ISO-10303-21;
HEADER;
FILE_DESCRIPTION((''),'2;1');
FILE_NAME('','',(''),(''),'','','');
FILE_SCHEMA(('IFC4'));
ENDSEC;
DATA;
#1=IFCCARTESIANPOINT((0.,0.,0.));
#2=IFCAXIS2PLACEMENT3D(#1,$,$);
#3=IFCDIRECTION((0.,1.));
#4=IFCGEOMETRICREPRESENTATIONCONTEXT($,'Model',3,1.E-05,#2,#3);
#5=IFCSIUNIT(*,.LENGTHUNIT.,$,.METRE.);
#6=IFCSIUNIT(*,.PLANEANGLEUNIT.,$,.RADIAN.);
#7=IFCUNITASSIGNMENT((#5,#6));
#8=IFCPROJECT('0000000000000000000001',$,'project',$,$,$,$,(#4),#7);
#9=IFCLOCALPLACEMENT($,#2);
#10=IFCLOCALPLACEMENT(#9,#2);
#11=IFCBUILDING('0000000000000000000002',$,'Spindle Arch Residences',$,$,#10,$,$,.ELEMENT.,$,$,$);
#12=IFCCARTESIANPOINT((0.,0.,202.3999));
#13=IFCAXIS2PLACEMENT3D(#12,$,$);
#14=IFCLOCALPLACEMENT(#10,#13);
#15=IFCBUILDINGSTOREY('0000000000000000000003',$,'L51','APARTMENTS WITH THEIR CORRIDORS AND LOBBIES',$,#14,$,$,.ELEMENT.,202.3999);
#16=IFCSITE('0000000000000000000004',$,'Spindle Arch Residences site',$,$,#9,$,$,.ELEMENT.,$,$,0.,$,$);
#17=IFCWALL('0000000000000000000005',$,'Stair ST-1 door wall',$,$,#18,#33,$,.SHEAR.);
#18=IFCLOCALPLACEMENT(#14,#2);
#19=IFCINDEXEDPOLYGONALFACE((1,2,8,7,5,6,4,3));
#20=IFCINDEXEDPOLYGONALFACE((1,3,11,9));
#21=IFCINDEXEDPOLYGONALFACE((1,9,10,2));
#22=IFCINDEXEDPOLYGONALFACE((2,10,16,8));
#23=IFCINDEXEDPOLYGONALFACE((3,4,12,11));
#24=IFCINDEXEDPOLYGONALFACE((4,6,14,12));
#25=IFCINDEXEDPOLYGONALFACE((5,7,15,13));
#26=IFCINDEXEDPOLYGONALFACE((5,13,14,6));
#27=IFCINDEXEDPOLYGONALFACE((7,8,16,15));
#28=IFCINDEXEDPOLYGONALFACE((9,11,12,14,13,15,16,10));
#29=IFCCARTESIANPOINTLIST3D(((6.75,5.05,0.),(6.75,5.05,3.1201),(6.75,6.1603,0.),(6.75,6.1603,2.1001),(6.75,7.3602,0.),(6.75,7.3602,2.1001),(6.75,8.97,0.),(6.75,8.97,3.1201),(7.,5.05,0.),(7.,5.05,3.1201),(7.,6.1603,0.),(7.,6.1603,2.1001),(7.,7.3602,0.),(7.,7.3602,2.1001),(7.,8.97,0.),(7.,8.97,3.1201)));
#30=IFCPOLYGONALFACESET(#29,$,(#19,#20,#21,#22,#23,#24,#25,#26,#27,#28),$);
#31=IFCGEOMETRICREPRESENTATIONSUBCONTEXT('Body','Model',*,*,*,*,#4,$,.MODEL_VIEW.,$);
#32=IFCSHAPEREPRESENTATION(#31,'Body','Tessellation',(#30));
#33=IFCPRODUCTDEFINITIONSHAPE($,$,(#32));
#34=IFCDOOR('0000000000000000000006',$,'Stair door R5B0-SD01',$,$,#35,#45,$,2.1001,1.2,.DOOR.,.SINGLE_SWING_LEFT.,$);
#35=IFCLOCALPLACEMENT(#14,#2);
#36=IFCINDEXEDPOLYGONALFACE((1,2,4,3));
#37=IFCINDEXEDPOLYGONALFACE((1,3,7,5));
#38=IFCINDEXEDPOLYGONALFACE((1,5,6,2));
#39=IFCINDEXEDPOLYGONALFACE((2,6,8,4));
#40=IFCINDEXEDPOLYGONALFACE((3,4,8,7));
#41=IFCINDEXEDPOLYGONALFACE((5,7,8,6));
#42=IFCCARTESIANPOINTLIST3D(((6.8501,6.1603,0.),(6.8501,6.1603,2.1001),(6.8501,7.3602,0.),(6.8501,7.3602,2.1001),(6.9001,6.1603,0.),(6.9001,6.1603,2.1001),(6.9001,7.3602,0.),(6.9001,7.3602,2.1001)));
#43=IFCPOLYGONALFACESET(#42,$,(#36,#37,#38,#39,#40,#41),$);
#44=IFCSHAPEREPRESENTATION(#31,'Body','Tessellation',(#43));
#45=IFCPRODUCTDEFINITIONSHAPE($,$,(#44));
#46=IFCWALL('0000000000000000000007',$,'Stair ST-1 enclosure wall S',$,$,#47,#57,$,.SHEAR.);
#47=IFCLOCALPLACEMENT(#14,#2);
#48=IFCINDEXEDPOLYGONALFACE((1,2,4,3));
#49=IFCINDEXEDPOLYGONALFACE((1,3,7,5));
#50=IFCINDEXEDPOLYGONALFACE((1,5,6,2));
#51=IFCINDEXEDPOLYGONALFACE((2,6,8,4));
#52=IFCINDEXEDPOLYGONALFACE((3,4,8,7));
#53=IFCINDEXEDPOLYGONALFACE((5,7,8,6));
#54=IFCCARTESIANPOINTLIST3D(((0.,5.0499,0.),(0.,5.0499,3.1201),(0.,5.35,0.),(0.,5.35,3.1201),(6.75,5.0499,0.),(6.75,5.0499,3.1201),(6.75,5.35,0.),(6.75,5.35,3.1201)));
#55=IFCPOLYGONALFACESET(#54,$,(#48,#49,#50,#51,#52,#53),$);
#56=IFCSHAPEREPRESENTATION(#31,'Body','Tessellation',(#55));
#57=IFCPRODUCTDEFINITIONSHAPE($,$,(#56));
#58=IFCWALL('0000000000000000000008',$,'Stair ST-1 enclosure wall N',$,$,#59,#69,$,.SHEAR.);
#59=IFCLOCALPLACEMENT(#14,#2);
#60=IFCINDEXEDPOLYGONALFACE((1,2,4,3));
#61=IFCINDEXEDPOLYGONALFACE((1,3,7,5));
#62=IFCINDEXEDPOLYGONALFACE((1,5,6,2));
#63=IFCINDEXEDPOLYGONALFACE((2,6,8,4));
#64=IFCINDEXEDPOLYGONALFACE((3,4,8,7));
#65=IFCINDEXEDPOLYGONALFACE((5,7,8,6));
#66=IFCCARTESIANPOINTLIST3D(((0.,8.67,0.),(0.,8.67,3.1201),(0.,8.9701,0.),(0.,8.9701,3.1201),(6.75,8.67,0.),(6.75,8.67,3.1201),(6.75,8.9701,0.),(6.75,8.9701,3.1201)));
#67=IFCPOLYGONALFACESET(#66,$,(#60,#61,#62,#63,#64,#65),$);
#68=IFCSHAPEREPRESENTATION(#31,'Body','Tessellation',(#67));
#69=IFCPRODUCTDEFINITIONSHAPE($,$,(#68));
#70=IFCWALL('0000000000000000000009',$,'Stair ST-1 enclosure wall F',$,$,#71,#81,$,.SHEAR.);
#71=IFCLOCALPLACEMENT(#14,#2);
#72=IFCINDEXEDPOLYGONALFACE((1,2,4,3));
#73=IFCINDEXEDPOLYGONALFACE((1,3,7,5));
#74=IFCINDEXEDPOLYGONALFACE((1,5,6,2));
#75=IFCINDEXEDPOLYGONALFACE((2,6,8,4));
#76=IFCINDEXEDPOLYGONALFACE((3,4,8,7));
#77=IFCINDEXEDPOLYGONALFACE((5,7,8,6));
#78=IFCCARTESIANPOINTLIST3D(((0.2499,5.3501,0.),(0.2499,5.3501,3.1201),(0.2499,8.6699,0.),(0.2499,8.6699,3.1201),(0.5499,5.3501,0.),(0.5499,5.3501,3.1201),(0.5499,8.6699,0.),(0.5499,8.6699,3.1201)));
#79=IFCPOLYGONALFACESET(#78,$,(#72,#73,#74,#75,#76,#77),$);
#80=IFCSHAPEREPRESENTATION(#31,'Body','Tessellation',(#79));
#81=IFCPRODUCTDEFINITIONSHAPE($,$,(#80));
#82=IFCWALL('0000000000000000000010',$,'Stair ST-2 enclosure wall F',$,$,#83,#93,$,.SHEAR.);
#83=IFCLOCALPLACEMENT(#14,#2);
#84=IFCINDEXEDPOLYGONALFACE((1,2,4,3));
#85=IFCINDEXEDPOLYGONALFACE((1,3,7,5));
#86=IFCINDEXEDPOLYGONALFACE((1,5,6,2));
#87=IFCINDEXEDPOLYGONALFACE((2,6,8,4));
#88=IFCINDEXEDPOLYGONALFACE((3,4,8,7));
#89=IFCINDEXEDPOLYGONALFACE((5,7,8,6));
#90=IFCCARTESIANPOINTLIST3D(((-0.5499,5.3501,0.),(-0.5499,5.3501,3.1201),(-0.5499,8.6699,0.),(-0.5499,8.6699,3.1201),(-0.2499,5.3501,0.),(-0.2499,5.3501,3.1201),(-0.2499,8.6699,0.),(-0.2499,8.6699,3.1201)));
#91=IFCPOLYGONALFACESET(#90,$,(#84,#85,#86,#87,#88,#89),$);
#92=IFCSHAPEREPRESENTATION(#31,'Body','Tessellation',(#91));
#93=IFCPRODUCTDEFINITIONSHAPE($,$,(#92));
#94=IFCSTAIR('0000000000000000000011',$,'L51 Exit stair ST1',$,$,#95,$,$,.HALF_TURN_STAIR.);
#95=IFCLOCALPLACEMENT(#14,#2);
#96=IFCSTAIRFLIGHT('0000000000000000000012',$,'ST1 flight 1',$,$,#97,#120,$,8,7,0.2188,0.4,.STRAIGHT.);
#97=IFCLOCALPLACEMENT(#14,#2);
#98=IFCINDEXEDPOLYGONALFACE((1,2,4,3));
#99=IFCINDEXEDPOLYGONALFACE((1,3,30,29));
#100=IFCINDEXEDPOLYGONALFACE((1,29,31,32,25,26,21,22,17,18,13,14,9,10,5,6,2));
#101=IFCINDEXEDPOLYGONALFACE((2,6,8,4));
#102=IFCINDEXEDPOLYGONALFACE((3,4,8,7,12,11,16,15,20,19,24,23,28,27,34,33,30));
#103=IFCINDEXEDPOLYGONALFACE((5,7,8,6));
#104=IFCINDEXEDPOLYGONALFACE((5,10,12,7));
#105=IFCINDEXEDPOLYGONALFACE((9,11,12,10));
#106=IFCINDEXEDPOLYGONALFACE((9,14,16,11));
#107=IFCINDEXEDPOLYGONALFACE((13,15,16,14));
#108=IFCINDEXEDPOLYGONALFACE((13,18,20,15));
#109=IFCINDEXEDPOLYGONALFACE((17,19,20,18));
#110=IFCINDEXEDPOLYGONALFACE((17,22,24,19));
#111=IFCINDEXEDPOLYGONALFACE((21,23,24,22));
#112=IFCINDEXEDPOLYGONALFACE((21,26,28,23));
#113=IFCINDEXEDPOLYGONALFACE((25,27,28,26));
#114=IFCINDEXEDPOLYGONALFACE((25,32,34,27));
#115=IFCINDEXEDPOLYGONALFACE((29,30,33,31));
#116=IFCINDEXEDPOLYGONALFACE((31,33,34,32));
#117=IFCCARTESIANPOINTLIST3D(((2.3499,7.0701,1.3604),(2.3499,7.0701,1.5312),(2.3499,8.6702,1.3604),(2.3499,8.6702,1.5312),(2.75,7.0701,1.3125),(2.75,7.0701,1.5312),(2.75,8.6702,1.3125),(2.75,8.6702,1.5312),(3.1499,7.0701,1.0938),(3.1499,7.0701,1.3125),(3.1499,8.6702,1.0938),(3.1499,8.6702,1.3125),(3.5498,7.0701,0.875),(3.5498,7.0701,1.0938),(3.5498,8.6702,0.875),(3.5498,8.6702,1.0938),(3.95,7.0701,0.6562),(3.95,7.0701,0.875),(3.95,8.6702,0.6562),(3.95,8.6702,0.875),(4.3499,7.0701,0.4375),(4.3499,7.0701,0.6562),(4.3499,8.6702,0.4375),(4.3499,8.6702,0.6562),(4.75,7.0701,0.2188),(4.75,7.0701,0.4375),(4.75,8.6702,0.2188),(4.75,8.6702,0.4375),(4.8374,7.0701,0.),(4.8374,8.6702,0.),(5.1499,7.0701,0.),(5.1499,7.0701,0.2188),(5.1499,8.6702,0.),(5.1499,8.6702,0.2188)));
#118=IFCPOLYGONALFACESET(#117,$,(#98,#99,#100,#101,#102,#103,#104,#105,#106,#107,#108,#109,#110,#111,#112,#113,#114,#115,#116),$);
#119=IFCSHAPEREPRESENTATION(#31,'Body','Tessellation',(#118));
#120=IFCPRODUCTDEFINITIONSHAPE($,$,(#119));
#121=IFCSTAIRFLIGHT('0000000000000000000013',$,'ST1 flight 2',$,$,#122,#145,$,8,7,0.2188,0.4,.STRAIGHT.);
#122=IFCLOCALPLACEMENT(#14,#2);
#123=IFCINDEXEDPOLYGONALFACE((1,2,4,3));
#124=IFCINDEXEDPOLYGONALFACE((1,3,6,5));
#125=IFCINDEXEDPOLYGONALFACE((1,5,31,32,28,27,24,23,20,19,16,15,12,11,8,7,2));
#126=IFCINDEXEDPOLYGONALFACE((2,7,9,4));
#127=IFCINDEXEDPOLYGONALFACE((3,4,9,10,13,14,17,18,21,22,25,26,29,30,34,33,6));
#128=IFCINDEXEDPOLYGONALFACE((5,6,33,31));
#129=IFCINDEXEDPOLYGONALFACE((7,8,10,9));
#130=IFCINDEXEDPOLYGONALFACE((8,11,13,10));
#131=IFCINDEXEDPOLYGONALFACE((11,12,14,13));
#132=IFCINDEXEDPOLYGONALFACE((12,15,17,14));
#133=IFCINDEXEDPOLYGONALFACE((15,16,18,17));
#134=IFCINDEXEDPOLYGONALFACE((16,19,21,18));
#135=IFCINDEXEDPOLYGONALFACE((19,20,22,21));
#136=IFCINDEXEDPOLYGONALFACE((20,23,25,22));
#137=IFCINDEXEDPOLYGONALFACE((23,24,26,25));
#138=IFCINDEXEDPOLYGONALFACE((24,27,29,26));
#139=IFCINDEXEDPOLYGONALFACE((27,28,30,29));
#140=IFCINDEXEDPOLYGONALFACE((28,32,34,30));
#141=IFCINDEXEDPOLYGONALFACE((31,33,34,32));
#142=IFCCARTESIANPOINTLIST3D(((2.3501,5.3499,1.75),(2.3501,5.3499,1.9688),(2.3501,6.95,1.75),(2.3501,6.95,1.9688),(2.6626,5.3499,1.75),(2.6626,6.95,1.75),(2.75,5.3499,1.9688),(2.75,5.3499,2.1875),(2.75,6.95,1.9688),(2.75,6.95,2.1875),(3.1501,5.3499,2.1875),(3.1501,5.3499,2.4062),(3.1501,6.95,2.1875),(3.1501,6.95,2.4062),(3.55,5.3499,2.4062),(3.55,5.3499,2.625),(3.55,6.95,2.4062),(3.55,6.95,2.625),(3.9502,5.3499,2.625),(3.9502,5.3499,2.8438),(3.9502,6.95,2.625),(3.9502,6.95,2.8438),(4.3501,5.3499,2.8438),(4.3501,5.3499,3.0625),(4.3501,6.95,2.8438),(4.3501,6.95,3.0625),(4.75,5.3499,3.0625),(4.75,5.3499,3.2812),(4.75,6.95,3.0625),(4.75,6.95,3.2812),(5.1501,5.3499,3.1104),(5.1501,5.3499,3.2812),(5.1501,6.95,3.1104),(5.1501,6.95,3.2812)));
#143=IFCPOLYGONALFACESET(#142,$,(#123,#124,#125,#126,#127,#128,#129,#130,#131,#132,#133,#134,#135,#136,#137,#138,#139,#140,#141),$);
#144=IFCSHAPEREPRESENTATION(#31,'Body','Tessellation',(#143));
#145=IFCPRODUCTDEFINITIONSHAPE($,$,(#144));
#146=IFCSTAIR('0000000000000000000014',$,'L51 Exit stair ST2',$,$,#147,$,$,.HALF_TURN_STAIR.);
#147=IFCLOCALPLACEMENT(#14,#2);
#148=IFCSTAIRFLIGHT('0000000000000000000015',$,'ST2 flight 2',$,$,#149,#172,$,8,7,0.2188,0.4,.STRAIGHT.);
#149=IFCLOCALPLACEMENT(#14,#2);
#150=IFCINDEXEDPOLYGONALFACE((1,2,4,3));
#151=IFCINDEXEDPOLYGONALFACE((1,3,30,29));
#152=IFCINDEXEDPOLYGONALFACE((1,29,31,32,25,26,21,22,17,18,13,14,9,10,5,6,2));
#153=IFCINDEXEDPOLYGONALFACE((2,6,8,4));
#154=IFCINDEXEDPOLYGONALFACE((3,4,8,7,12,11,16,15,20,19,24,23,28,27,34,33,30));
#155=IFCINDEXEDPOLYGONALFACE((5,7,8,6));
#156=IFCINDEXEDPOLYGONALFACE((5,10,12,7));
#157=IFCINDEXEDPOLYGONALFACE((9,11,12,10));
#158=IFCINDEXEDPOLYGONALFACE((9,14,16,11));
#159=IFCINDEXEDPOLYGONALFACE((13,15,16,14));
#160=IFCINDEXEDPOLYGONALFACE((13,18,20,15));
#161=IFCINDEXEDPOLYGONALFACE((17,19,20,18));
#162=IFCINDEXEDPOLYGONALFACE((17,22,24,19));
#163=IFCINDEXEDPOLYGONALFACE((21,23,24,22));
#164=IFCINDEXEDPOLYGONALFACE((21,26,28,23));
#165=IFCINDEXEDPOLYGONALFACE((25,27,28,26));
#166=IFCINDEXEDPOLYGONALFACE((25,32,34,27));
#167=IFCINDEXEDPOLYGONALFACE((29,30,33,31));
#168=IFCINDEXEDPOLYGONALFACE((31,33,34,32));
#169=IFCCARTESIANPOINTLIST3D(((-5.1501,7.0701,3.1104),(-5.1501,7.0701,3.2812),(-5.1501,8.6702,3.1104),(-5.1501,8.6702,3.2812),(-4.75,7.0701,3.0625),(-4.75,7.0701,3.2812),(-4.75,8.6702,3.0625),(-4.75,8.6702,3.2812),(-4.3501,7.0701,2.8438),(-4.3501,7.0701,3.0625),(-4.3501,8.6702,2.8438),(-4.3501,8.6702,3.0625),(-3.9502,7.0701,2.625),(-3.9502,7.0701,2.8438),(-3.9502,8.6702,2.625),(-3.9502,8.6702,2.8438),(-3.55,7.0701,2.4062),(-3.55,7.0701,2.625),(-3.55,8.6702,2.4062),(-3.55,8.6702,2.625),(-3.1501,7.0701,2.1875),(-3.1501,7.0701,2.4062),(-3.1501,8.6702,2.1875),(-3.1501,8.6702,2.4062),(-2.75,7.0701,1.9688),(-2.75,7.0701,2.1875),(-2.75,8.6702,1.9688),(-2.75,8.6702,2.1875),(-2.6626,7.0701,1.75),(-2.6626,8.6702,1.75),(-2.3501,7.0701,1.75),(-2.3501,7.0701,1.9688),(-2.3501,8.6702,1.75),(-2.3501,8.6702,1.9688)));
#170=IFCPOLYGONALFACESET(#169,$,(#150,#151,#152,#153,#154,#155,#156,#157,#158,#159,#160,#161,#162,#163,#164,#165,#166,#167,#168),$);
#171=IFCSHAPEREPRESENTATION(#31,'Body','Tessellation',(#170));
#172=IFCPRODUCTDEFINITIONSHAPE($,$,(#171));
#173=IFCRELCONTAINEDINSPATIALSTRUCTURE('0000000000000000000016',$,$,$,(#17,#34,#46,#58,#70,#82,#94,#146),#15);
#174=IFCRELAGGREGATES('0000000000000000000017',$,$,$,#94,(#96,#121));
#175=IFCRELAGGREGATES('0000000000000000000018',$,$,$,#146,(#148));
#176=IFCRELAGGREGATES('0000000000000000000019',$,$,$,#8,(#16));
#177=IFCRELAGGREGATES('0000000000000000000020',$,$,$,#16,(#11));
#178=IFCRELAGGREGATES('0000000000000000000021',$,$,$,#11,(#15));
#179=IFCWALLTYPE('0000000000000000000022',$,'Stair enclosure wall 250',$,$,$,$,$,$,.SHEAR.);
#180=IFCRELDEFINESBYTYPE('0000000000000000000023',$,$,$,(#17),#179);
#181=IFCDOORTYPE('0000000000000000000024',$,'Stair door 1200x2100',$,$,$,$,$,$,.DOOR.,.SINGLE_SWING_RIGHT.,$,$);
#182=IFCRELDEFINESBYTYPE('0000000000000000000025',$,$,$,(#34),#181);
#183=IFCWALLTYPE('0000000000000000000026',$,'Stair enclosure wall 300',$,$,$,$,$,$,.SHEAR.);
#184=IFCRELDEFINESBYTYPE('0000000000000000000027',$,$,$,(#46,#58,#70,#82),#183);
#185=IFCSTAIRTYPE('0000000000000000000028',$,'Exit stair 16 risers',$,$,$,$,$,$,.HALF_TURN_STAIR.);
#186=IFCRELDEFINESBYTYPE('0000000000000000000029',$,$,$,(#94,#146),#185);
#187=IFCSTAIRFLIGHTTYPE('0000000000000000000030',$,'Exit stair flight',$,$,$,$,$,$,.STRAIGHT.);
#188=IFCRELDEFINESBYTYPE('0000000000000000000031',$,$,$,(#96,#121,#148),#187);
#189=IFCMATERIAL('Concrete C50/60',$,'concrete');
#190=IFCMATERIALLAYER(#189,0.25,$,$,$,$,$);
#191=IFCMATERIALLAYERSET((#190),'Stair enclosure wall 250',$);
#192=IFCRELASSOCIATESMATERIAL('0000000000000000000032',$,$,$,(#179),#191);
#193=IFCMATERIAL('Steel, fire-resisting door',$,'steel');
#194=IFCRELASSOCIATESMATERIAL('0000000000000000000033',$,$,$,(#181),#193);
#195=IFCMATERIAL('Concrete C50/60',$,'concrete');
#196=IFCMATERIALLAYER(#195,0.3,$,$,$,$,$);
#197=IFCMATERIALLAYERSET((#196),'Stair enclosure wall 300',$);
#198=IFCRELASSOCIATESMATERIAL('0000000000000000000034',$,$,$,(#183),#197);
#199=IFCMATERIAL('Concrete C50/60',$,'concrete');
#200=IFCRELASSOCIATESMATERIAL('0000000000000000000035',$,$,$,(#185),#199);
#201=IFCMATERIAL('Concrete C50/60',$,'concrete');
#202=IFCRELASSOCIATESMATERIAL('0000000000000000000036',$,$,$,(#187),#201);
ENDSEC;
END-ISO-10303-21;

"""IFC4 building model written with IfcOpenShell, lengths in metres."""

from ifc_helpers import new_model, si_unit, direction, frame, frame_2d, origin, place, context, subcontext, project, spatial, polyline, rectangle, outline, extrude, material, layer, layer_set, type_object, element, fill, aggregate, save


model = new_model("IFC4")

# Units and contexts
model_context = context("Model", 3, precision=1e-05, world=origin(), true_north=direction((0.0, 1.0)))
body_context = subcontext(model_context, "Body", "Model", "MODEL_VIEW")
ifc_project = project(units=[si_unit("LENGTHUNIT", "METRE"), si_unit("PLANEANGLEUNIT", "RADIAN")], contexts=[model_context])

# Site, building, storey
site_placement = place(None, origin())
site = spatial("IfcSite", under=ifc_project, at=site_placement, Name="Spindle Arch Residences site", CompositionType="ELEMENT", RefElevation=0.0)
building_placement = place(site_placement, origin())
building = spatial("IfcBuilding", under=site, at=building_placement, Name="Spindle Arch Residences", CompositionType="ELEMENT")
storey_placement = place(building_placement, frame((0.0, 0.0, 202.3999)))
storey = spatial("IfcBuildingStorey", under=building, at=storey_placement, Name="L51", Description="APARTMENTS WITH THEIR CORRIDORS AND LOBBIES", CompositionType="ELEMENT", Elevation=202.3999)

# Wall, opening, door
ifc_material_1 = material(Name="Concrete C50/60", Category="concrete")
ifc_layer_1 = layer(ifc_material_1, 0.25)
ifc_layer_set_1 = layer_set([ifc_layer_1], Name="Stair enclosure wall 250")
wall_type_1 = type_object("IfcWallType", Name="Stair enclosure wall 250", PredefinedType="SHEAR", material=ifc_layer_set_1)
wall_1_placement = place(storey_placement, frame((6.875, 5.05, 0.0), z_axis=(0.0, 0.0, 1.0), x_axis=(0.0, 1.0, 0.0)))
wall_1 = element("IfcWall", 1, at=wall_1_placement, inside=storey, type_object=wall_type_1, Name="Stair ST-1 door wall", PredefinedType="SHEAR", context=body_context, shape_type="SweptSolid", body=[
    extrude(rectangle(XDim=3.9199, YDim=0.25, at=frame_2d((1.96, 0.0))), origin(), (0.0, 0.0, 1.0), 3.1201),
])
opening_1_placement = place(wall_1_placement, frame((1.1101, 0.0, 0.0)))
opening_1 = element("IfcOpeningElement", 2, at=opening_1_placement, cuts=wall_1, PredefinedType="OPENING", context=body_context, shape_type="SweptSolid", body=[
    extrude(rectangle(XDim=1.2, YDim=2.1001, at=frame_2d((0.6001, 1.05))), frame((0.0, 0.135, 0.0), z_axis=(0.0, -1.0, 0.0), x_axis=(1.0, 0.0, 0.0)), (0.0, 0.0, 1.0), 0.27),
])
ifc_material_2 = material(Name="Steel, fire-resisting door", Category="steel")
door_type_1 = type_object("IfcDoorType", Name="Stair door 1200x2100", OperationType="SINGLE_SWING_RIGHT", PredefinedType="DOOR", material=ifc_material_2)
door_1_placement = place(opening_1_placement, origin())
door_1 = element("IfcDoor", 3, at=door_1_placement, inside=storey, type_object=door_type_1, Name="Stair door R5B0-SD01", OperationType="SINGLE_SWING_LEFT", OverallHeight=2.1001, OverallWidth=1.2, PredefinedType="DOOR", context=body_context, shape_type="SweptSolid", body=[
    extrude(rectangle(XDim=1.2, YDim=2.1001, at=frame_2d((0.6001, 1.05))), frame((0.0, 0.0249, 0.0), z_axis=(0.0, -1.0, 0.0), x_axis=(1.0, 0.0, 0.0)), (0.0, 0.0, 1.0), 0.05),
])
fill(opening_1, door_1)

# Walls
ifc_material_3 = material(Name="Concrete C50/60", Category="concrete")
ifc_layer_2 = layer(ifc_material_3, 0.3)
ifc_layer_set_2 = layer_set([ifc_layer_2], Name="Stair enclosure wall 300")
wall_type_2 = type_object("IfcWallType", Name="Stair enclosure wall 300", PredefinedType="SHEAR", material=ifc_layer_set_2)
for number, where, z_axis, x_axis, name in (
    (4, (0.0, 5.2, 0.0), (0.0, 0.0, 1.0), (1.0, 0.0, 0.0), "Stair ST-1 enclosure wall S"),
    (5, (0.0, 8.8201, 0.0), (0.0, 0.0, 1.0), (1.0, 0.0, 0.0), "Stair ST-1 enclosure wall N"),
):
    element("IfcWall", number, at=place(storey_placement, frame(where, z_axis=z_axis, x_axis=x_axis)), inside=storey, type_object=wall_type_2, Name=name, PredefinedType="SHEAR", context=body_context, shape_type="SweptSolid", body=[
        extrude(rectangle(XDim=6.75, YDim=0.3, at=frame_2d((3.375, 0.0))), origin(), (0.0, 0.0, 1.0), 3.1201),
    ])
for number, where, z_axis, x_axis, name in (
    (6, (0.3999, 5.3501, 0.0), (0.0, 0.0, 1.0), (0.0, 1.0, 0.0), "Stair ST-1 enclosure wall F"),
    (7, (-0.3999, 5.3501, 0.0), (0.0, 0.0, 1.0), (0.0, 1.0, 0.0), "Stair ST-2 enclosure wall F"),
):
    element("IfcWall", number, at=place(storey_placement, frame(where, z_axis=z_axis, x_axis=x_axis)), inside=storey, type_object=wall_type_2, Name=name, PredefinedType="SHEAR", context=body_context, shape_type="SweptSolid", body=[
        extrude(rectangle(XDim=3.3198, YDim=0.3, at=frame_2d((1.6599, 0.0))), origin(), (0.0, 0.0, 1.0), 3.1201),
    ])

# Stair, stair flights
ifc_material_4 = material(Name="Concrete C50/60", Category="concrete")
stair_type = type_object("IfcStairType", Name="Exit stair 16 risers", PredefinedType="HALF_TURN_STAIR", material=ifc_material_4)
stair_1_placement = place(storey_placement, origin())
stair_1 = element("IfcStair", 8, at=stair_1_placement, inside=storey, type_object=stair_type, Name="L51 Exit stair ST1", PredefinedType="HALF_TURN_STAIR")
ifc_material_5 = material(Name="Concrete C50/60", Category="concrete")
stair_flight_type = type_object("IfcStairFlightType", Name="Exit stair flight", PredefinedType="STRAIGHT", material=ifc_material_5)
stair_flight_1_placement = place(storey_placement, frame((5.1499, 7.8701, 0.0), z_axis=(0.0, 0.0, 1.0), x_axis=(-1.0, 0.0, 0.0)))
stair_flight_1 = element("IfcStairFlight", 9, at=stair_flight_1_placement, type_object=stair_flight_type, Name="ST1 flight 1", NumberOfRisers=8, NumberOfTreads=7, PredefinedType="STRAIGHT", RiserHeight=0.2188, TreadLength=0.4, context=body_context, shape_type="SweptSolid", body=[
    extrude(outline(polyline([(0.0, 0.0), (0.0, 0.2188), (0.3999, 0.2188), (0.3999, 0.4375), (0.8, 0.4375), (0.8, 0.6562), (1.2, 0.6562), (1.2, 0.875), (1.6001, 0.875), (1.6001, 1.0938), (2.0, 1.0938), (2.0, 1.3125), (2.3999, 1.3125), (2.3999, 1.5312), (2.8, 1.5312), (2.8, 1.75), (2.8, 1.3604), (0.3125, 0.0), (0.0, 0.0)])), frame((0.0, 0.8, 0.0), z_axis=(0.0, -1.0, 0.0), x_axis=(1.0, 0.0, 0.0)), (0.0, 0.0, 1.0), 1.6001),
])
stair_flight_2_placement = place(storey_placement, frame((2.3501, 6.1499, 1.75), z_axis=(0.0, 0.0, 1.0), x_axis=(1.0, 0.0, 0.0)))
stair_flight_2 = element("IfcStairFlight", 10, at=stair_flight_2_placement, type_object=stair_flight_type, Name="ST1 flight 2", NumberOfRisers=8, NumberOfTreads=7, PredefinedType="STRAIGHT", RiserHeight=0.2188, TreadLength=0.4, context=body_context, shape_type="SweptSolid", body=[
    extrude(outline(polyline([(0.0, 0.0), (0.0, 0.2188), (0.3999, 0.2188), (0.3999, 0.4375), (0.8, 0.4375), (0.8, 0.6562), (1.2, 0.6562), (1.2, 0.875), (1.6001, 0.875), (1.6001, 1.0938), (2.0, 1.0938), (2.0, 1.3125), (2.3999, 1.3125), (2.3999, 1.5312), (2.8, 1.5312), (2.8, 1.75), (2.8, 1.3604), (0.3125, 0.0), (0.0, 0.0)])), frame((0.0, 0.8, 0.0), z_axis=(0.0, -1.0, 0.0), x_axis=(1.0, 0.0, 0.0)), (0.0, 0.0, 1.0), 1.6001),
])
aggregate(stair_1, [stair_flight_1, stair_flight_2])

# Stair, stair flight
stair_2_placement = place(storey_placement, origin())
stair_2 = element("IfcStair", 11, at=stair_2_placement, inside=storey, type_object=stair_type, Name="L51 Exit stair ST2", PredefinedType="HALF_TURN_STAIR")
stair_flight_3_placement = place(storey_placement, frame((-2.3501, 7.8701, 1.75), z_axis=(0.0, 0.0, 1.0), x_axis=(-1.0, 0.0, 0.0)))
stair_flight_3 = element("IfcStairFlight", 12, at=stair_flight_3_placement, type_object=stair_flight_type, Name="ST2 flight 2", NumberOfRisers=8, NumberOfTreads=7, PredefinedType="STRAIGHT", RiserHeight=0.2188, TreadLength=0.4, context=body_context, shape_type="SweptSolid", body=[
    extrude(outline(polyline([(0.0, 0.0), (0.0, 0.2188), (0.3999, 0.2188), (0.3999, 0.4375), (0.8, 0.4375), (0.8, 0.6562), (1.2, 0.6562), (1.2, 0.875), (1.6001, 0.875), (1.6001, 1.0938), (2.0, 1.0938), (2.0, 1.3125), (2.3999, 1.3125), (2.3999, 1.5312), (2.8, 1.5312), (2.8, 1.75), (2.8, 1.3604), (0.3125, 0.0), (0.0, 0.0)])), frame((0.0, 0.8, 0.0), z_axis=(0.0, -1.0, 0.0), x_axis=(1.0, 0.0, 0.0)), (0.0, 0.0, 1.0), 1.6001),
])
aggregate(stair_2, [stair_flight_3])

save(model, "model.ifc")
